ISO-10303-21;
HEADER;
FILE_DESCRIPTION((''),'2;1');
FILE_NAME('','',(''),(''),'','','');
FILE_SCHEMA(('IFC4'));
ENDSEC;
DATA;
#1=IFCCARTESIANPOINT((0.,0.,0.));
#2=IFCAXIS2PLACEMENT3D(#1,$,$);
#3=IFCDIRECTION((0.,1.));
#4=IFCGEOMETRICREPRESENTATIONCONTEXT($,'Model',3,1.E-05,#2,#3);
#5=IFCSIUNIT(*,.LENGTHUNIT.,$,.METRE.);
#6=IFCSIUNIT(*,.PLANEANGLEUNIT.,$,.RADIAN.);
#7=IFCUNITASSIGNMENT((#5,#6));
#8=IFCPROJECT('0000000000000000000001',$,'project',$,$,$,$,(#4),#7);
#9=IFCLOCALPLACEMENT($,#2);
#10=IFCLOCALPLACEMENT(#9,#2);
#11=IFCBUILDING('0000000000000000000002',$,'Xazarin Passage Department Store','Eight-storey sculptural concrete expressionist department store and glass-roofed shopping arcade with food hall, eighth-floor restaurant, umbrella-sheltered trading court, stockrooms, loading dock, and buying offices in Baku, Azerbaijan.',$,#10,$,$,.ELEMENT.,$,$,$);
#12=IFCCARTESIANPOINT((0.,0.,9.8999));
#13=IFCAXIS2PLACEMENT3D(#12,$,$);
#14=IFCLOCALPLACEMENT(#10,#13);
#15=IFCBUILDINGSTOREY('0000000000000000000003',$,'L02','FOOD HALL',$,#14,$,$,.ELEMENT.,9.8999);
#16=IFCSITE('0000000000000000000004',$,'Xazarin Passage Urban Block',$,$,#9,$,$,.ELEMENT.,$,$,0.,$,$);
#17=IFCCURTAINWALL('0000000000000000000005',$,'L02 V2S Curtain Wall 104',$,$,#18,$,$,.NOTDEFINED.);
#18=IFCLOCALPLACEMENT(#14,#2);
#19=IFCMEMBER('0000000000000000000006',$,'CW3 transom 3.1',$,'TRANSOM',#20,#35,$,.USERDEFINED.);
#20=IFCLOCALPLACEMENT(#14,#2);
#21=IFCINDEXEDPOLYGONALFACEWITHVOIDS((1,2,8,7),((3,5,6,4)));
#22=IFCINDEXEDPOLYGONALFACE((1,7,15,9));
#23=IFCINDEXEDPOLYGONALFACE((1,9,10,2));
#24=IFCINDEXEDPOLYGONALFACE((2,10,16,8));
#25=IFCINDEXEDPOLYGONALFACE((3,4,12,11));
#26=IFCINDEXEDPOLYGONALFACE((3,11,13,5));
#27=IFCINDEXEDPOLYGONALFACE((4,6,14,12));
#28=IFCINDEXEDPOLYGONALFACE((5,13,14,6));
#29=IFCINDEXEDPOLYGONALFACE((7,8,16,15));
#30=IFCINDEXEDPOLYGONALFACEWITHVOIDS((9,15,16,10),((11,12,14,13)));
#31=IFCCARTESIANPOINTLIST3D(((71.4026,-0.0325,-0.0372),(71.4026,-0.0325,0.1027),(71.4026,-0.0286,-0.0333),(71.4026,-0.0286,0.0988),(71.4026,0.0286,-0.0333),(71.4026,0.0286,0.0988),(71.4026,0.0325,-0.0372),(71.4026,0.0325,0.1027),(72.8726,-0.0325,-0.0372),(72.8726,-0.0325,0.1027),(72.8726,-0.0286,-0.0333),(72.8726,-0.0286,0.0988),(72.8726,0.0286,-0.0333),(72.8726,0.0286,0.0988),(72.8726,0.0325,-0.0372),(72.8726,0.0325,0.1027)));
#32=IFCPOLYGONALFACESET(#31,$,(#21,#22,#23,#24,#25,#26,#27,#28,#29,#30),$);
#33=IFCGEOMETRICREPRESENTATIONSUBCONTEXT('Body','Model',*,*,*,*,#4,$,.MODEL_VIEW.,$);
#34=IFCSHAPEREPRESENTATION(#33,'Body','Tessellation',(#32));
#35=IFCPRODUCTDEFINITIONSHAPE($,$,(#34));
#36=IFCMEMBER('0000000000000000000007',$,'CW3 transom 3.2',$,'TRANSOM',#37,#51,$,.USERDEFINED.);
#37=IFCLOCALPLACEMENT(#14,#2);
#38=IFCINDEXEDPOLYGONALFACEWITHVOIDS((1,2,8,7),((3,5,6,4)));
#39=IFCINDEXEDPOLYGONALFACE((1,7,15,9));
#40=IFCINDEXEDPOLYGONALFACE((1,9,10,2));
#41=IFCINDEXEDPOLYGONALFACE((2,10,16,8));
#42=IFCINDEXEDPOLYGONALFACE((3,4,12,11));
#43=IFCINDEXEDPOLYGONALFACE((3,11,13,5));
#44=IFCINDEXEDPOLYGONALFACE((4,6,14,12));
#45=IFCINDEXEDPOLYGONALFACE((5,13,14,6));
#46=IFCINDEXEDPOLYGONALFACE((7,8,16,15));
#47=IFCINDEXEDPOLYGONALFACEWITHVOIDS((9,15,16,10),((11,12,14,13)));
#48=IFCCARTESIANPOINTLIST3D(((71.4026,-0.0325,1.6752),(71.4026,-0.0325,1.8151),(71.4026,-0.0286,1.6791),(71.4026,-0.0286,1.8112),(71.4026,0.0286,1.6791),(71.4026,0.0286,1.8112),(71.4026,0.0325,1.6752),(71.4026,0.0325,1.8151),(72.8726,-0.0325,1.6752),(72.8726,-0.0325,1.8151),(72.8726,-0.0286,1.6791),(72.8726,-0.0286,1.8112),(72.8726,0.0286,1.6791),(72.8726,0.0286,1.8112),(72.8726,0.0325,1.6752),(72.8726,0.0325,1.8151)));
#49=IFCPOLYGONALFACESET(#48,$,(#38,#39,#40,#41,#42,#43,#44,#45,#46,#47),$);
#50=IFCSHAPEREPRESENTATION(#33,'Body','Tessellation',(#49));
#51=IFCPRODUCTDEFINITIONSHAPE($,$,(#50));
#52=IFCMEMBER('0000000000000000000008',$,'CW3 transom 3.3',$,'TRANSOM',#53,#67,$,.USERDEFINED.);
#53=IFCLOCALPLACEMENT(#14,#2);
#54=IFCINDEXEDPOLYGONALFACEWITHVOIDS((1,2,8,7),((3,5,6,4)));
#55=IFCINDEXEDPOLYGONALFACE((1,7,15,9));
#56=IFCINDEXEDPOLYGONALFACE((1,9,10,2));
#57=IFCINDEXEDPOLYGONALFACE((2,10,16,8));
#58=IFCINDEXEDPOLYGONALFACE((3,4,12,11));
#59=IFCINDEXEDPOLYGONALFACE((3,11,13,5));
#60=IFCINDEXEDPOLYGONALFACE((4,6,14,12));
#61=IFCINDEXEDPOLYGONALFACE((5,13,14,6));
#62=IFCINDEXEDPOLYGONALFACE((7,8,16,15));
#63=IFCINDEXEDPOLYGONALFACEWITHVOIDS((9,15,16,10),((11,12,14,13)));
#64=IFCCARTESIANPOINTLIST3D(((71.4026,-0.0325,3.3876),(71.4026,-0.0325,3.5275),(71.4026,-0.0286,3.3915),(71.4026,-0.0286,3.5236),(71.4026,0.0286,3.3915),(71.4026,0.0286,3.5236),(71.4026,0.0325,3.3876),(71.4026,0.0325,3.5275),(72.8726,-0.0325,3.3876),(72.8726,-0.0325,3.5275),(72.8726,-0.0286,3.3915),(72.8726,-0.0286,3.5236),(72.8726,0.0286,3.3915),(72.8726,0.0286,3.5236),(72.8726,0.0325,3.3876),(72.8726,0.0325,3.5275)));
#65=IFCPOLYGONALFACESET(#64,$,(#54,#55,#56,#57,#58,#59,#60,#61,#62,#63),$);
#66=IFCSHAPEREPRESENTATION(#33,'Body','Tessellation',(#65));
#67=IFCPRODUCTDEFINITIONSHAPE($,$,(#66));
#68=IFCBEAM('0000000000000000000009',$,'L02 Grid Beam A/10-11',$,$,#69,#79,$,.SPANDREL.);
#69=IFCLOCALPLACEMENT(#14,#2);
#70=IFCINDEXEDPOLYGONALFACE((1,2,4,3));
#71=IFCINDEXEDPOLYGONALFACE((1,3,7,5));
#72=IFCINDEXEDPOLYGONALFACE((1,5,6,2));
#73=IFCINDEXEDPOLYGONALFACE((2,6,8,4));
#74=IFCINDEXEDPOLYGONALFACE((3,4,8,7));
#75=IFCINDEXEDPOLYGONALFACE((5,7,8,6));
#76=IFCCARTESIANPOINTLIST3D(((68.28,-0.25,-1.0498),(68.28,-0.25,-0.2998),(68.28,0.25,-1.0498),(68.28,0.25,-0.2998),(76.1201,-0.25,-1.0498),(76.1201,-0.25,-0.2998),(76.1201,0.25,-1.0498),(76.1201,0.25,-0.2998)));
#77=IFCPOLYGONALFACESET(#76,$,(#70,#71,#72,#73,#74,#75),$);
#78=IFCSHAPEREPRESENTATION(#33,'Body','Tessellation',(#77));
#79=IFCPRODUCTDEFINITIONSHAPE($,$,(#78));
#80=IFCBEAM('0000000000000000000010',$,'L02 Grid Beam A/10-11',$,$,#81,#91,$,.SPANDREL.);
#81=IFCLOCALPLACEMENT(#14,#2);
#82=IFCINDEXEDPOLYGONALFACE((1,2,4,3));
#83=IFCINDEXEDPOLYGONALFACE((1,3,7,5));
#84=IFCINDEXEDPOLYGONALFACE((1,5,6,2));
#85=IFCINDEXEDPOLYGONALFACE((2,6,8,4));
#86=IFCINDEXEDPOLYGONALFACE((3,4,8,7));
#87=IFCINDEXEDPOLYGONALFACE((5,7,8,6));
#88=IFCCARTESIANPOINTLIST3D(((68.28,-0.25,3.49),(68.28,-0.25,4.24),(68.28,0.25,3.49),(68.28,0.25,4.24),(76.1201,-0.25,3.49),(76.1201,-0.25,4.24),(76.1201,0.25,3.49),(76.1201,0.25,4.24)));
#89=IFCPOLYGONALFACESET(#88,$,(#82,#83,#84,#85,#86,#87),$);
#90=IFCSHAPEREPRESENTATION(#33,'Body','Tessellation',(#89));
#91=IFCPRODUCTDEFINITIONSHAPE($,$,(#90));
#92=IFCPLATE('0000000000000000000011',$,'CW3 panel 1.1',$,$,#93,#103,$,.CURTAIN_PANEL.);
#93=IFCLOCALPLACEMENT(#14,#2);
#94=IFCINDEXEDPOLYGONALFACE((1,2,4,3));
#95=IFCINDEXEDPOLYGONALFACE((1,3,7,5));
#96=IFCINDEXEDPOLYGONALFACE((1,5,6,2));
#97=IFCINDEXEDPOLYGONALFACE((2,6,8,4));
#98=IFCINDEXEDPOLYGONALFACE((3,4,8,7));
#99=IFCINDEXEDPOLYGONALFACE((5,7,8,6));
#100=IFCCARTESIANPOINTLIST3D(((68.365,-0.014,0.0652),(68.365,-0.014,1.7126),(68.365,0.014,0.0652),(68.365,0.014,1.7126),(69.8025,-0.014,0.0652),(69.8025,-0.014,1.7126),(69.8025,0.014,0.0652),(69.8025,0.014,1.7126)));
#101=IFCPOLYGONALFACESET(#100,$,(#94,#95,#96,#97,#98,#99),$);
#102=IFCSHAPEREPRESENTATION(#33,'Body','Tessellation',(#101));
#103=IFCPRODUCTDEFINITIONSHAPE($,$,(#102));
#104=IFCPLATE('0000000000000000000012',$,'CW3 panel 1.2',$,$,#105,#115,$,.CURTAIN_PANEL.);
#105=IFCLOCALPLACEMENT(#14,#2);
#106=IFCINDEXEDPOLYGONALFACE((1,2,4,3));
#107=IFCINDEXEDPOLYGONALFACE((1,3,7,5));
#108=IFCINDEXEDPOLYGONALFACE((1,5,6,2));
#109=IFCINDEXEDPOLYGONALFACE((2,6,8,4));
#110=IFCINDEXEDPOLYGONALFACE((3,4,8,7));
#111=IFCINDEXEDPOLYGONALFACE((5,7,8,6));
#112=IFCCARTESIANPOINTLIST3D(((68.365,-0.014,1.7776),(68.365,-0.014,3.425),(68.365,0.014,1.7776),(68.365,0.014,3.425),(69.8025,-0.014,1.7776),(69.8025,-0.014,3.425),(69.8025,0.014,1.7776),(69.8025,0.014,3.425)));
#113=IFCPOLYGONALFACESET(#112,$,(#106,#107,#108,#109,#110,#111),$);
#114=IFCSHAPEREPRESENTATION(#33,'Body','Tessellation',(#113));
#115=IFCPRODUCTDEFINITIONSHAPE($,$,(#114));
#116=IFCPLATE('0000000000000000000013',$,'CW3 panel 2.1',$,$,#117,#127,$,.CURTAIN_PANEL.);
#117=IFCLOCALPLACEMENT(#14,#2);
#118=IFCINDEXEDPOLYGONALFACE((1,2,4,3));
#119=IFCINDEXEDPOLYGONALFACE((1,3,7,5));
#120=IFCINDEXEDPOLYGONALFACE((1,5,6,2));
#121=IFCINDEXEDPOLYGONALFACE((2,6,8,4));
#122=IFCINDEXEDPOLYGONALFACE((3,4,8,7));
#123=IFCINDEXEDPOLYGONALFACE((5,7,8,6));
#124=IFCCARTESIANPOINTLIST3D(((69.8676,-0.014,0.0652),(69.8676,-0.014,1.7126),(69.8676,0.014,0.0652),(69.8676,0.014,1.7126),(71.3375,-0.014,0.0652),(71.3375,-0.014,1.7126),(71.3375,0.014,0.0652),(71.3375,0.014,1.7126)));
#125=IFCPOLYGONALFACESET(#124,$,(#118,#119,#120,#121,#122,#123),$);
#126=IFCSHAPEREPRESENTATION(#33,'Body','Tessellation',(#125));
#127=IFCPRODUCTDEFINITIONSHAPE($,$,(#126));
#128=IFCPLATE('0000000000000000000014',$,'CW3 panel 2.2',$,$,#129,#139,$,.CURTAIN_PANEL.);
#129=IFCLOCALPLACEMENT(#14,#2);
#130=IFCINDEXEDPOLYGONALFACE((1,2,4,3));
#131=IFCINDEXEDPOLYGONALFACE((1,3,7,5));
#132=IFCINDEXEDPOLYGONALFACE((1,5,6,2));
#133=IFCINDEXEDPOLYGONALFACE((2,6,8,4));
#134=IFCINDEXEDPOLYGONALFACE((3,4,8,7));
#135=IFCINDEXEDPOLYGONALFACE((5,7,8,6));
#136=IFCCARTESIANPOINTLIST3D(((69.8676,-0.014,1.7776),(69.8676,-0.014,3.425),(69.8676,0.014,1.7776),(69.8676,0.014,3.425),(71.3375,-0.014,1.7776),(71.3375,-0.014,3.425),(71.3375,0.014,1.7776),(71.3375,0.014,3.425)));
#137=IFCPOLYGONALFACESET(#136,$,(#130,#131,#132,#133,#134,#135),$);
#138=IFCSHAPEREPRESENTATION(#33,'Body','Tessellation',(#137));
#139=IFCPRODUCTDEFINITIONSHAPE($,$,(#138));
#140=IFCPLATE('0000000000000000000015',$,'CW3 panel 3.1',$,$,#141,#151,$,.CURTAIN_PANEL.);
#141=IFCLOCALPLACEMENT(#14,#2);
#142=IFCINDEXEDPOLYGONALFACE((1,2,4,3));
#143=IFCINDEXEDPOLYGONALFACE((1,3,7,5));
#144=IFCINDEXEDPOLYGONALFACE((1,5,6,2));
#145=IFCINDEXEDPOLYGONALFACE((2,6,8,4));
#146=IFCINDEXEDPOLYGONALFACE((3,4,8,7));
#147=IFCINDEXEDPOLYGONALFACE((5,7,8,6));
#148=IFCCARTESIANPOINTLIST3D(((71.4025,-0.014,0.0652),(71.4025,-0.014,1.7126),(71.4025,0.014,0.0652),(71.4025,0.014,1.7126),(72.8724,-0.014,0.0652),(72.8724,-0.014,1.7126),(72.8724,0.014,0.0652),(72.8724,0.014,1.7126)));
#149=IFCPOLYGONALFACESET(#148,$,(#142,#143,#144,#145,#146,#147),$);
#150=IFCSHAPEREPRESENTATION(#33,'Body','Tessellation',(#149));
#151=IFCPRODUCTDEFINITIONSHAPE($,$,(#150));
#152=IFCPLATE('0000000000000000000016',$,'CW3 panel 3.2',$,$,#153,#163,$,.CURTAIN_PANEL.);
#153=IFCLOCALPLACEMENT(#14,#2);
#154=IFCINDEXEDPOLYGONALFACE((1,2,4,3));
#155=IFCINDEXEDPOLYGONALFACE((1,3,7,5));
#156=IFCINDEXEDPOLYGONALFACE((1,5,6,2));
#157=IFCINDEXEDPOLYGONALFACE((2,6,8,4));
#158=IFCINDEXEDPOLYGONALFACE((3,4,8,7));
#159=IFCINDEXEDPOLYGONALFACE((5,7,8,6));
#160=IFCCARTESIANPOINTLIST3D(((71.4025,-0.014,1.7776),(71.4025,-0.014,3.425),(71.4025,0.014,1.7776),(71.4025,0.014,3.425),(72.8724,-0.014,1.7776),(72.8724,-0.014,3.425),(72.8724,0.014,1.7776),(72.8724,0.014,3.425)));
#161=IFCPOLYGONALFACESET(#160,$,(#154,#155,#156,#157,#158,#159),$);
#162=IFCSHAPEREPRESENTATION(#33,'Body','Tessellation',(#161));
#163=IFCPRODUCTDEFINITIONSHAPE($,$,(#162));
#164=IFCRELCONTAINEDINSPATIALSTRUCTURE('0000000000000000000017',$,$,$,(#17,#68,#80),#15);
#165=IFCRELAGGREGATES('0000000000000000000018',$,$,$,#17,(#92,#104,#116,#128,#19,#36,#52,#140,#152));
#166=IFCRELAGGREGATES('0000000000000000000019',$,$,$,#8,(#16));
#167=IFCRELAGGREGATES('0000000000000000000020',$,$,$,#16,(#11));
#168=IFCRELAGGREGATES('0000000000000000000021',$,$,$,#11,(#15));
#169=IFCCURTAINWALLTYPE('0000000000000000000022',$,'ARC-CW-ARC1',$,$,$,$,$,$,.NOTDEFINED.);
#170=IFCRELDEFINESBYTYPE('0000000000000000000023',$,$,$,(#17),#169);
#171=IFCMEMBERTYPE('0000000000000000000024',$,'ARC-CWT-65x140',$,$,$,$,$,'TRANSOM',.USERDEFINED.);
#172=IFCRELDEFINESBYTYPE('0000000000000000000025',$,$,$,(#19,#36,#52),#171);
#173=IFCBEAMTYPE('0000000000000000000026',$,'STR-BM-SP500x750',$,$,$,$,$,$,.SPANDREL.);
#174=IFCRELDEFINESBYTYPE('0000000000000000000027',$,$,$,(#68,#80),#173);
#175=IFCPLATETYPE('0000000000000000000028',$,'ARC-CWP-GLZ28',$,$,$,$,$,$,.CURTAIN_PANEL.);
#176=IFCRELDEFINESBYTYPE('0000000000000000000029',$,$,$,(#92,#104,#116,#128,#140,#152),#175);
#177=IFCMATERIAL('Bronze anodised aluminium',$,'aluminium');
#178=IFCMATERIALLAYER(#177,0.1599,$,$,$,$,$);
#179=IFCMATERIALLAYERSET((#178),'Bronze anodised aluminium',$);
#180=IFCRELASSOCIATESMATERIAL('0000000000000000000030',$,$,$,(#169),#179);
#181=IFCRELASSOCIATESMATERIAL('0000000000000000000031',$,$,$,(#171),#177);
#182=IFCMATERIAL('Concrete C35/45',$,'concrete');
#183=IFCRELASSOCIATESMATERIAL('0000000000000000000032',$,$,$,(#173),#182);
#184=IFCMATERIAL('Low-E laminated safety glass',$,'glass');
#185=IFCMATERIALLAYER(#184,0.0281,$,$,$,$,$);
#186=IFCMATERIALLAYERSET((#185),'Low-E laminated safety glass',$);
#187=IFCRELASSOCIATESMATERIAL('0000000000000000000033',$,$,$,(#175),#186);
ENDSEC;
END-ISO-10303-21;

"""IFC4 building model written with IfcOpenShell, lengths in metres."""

from ifc_helpers import new_model, si_unit, direction, frame, origin, origin_2d, place, context, subcontext, project, spatial, rectangle, hollow_rectangle, extrude, material, layer, layer_set, material_profile, profile_set, type_object, element, aggregate, save


model = new_model("IFC4")

# Units and contexts
model_context = context("Model", 3, precision=1e-05, world=origin(), true_north=direction((0.0, 1.0)))
body_context = subcontext(model_context, "Body", "Model", "MODEL_VIEW")
ifc_project = project(units=[si_unit("LENGTHUNIT", "METRE"), si_unit("PLANEANGLEUNIT", "RADIAN")], contexts=[model_context])

# Site, building, storey
site_placement = place(None, origin())
site = spatial("IfcSite", under=ifc_project, at=site_placement, Name="Xazarin Passage Urban Block", CompositionType="ELEMENT", RefElevation=0.0)
building_placement = place(site_placement, origin())
building = spatial("IfcBuilding", under=site, at=building_placement, Name="Xazarin Passage Department Store", Description="Eight-storey sculptural concrete expressionist department store and glass-roofed shopping arcade with food hall, eighth-floor restaurant, umbrella-sheltered trading court, stockrooms, loading dock, and buying offices in Baku, Azerbaijan.", CompositionType="ELEMENT")
storey_placement = place(building_placement, frame((0.0, 0.0, 9.8999)))
storey = spatial("IfcBuildingStorey", under=building, at=storey_placement, Name="L02", Description="FOOD HALL", CompositionType="ELEMENT", Elevation=9.8999)

# Curtain wall, members
ifc_material_1 = material(Name="Bronze anodised aluminium", Category="aluminium")
ifc_layer_1 = layer(ifc_material_1, 0.1599)
ifc_layer_set_1 = layer_set([ifc_layer_1], Name="Bronze anodised aluminium")
curtain_wall_type = type_object("IfcCurtainWallType", Name="ARC-CW-ARC1", PredefinedType="NOTDEFINED", material=ifc_layer_set_1)
curtain_wall_placement = place(storey_placement, origin())
curtain_wall = element("IfcCurtainWall", 1, at=curtain_wall_placement, inside=storey, type_object=curtain_wall_type, Name="L02 V2S Curtain Wall 104", PredefinedType="NOTDEFINED")
ifc_material_profile_1 = material_profile(ifc_material_1, hollow_rectangle(XDim=0.0649, YDim=0.1399, WallThickness=0.0039, at=origin_2d()), Name="ALU 65x140")
ifc_profile_set_1 = profile_set([ifc_material_profile_1], Name="Bronze anodised aluminium")
member_type_1 = type_object("IfcMemberType", Name="ARC-CWT-65x140", ElementType="TRANSOM", PredefinedType="USERDEFINED", material=ifc_profile_set_1)
member_1_placement = place(storey_placement, frame((71.4026, 0.0, 0.0327), z_axis=(1.0, 0.0, 0.0), x_axis=(0.0, 1.0, 0.0)))
member_1 = element("IfcMember", 2, at=member_1_placement, type_object=member_type_1, Name="CW3 transom 3.1", ObjectType="TRANSOM", PredefinedType="USERDEFINED", context=body_context, shape_type="SweptSolid", body=[
    extrude(hollow_rectangle(XDim=0.0649, YDim=0.1399, WallThickness=0.0039, at=origin_2d()), origin(), (0.0, 0.0, 1.0), 1.47),
])
member_2_placement = place(storey_placement, frame((71.4026, 0.0, 1.7451), z_axis=(1.0, 0.0, 0.0), x_axis=(0.0, 1.0, 0.0)))
member_2 = element("IfcMember", 3, at=member_2_placement, type_object=member_type_1, Name="CW3 transom 3.2", ObjectType="TRANSOM", PredefinedType="USERDEFINED", context=body_context, shape_type="SweptSolid", body=[
    extrude(hollow_rectangle(XDim=0.0649, YDim=0.1399, WallThickness=0.0039, at=origin_2d()), origin(), (0.0, 0.0, 1.0), 1.47),
])
member_3_placement = place(storey_placement, frame((71.4026, 0.0, 3.4575), z_axis=(1.0, 0.0, 0.0), x_axis=(0.0, 1.0, 0.0)))
member_3 = element("IfcMember", 4, at=member_3_placement, type_object=member_type_1, Name="CW3 transom 3.3", ObjectType="TRANSOM", PredefinedType="USERDEFINED", context=body_context, shape_type="SweptSolid", body=[
    extrude(hollow_rectangle(XDim=0.0649, YDim=0.1399, WallThickness=0.0039, at=origin_2d()), origin(), (0.0, 0.0, 1.0), 1.47),
])

# Beams
ifc_material_2 = material(Name="Concrete C35/45", Category="concrete")
ifc_material_profile_2 = material_profile(ifc_material_2, rectangle(XDim=0.5, YDim=0.75, at=origin_2d()), Name="RC 500x750")
ifc_profile_set_2 = profile_set([ifc_material_profile_2], Name="Concrete C35/45")
beam_type = type_object("IfcBeamType", Name="STR-BM-SP500x750", PredefinedType="SPANDREL", material=ifc_profile_set_2)
for number, where, z_axis, x_axis, name in (
    (5, (68.28, 0.0, -0.6748), (1.0, 0.0, 0.0), (0.0, 1.0, 0.0), "L02 Grid Beam A/10-11"),
    (6, (68.28, 0.0, 3.865), (1.0, 0.0, 0.0), (0.0, 1.0, 0.0), "L02 Grid Beam A/10-11"),
):
    element("IfcBeam", number, at=place(storey_placement, frame(where, z_axis=z_axis, x_axis=x_axis)), inside=storey, type_object=beam_type, Name=name, PredefinedType="SPANDREL", context=body_context, shape_type="SweptSolid", body=[
        extrude(rectangle(XDim=0.5, YDim=0.75, at=origin_2d()), origin(), (0.0, 0.0, 1.0), 7.8401),
    ])

# Plates
ifc_material_3 = material(Name="Low-E laminated safety glass", Category="glass")
ifc_layer_2 = layer(ifc_material_3, 0.0281)
ifc_layer_set_2 = layer_set([ifc_layer_2], Name="Low-E laminated safety glass")
plate_type = type_object("IfcPlateType", Name="ARC-CWP-GLZ28", PredefinedType="CURTAIN_PANEL", material=ifc_layer_set_2)
plate_1_placement = place(storey_placement, frame((69.0837, 0.0, 0.0652), z_axis=(0.0, 0.0, 1.0), x_axis=(1.0, 0.0, 0.0)))
plate_1 = element("IfcPlate", 7, at=plate_1_placement, type_object=plate_type, Name="CW3 panel 1.1", PredefinedType="CURTAIN_PANEL", context=body_context, shape_type="SweptSolid", body=[
    extrude(rectangle(XDim=1.4375, YDim=0.0281, at=origin_2d()), origin(), (0.0, 0.0, 1.0), 1.6475),
])
plate_2_placement = place(storey_placement, frame((69.0837, 0.0, 1.7776), z_axis=(0.0, 0.0, 1.0), x_axis=(1.0, 0.0, 0.0)))
plate_2 = element("IfcPlate", 8, at=plate_2_placement, type_object=plate_type, Name="CW3 panel 1.2", PredefinedType="CURTAIN_PANEL", context=body_context, shape_type="SweptSolid", body=[
    extrude(rectangle(XDim=1.4375, YDim=0.0281, at=origin_2d()), origin(), (0.0, 0.0, 1.0), 1.6475),
])
plate_3_placement = place(storey_placement, frame((70.6025, 0.0, 0.0652), z_axis=(0.0, 0.0, 1.0), x_axis=(1.0, 0.0, 0.0)))
plate_3 = element("IfcPlate", 9, at=plate_3_placement, type_object=plate_type, Name="CW3 panel 2.1", PredefinedType="CURTAIN_PANEL", context=body_context, shape_type="SweptSolid", body=[
    extrude(rectangle(XDim=1.47, YDim=0.0281, at=origin_2d()), origin(), (0.0, 0.0, 1.0), 1.6475),
])
plate_4_placement = place(storey_placement, frame((70.6025, 0.0, 1.7776), z_axis=(0.0, 0.0, 1.0), x_axis=(1.0, 0.0, 0.0)))
plate_4 = element("IfcPlate", 10, at=plate_4_placement, type_object=plate_type, Name="CW3 panel 2.2", PredefinedType="CURTAIN_PANEL", context=body_context, shape_type="SweptSolid", body=[
    extrude(rectangle(XDim=1.47, YDim=0.0281, at=origin_2d()), origin(), (0.0, 0.0, 1.0), 1.6475),
])
plate_5_placement = place(storey_placement, frame((72.1375, 0.0, 0.0652), z_axis=(0.0, 0.0, 1.0), x_axis=(1.0, 0.0, 0.0)))
plate_5 = element("IfcPlate", 11, at=plate_5_placement, type_object=plate_type, Name="CW3 panel 3.1", PredefinedType="CURTAIN_PANEL", context=body_context, shape_type="SweptSolid", body=[
    extrude(rectangle(XDim=1.47, YDim=0.0281, at=origin_2d()), origin(), (0.0, 0.0, 1.0), 1.6475),
])
plate_6_placement = place(storey_placement, frame((72.1375, 0.0, 1.7776), z_axis=(0.0, 0.0, 1.0), x_axis=(1.0, 0.0, 0.0)))
plate_6 = element("IfcPlate", 12, at=plate_6_placement, type_object=plate_type, Name="CW3 panel 3.2", PredefinedType="CURTAIN_PANEL", context=body_context, shape_type="SweptSolid", body=[
    extrude(rectangle(XDim=1.47, YDim=0.0281, at=origin_2d()), origin(), (0.0, 0.0, 1.0), 1.6475),
])
aggregate(curtain_wall, [plate_1, plate_2, plate_3, plate_4, member_1, member_2, member_3, plate_5, plate_6])

save(model, "model.ifc")
